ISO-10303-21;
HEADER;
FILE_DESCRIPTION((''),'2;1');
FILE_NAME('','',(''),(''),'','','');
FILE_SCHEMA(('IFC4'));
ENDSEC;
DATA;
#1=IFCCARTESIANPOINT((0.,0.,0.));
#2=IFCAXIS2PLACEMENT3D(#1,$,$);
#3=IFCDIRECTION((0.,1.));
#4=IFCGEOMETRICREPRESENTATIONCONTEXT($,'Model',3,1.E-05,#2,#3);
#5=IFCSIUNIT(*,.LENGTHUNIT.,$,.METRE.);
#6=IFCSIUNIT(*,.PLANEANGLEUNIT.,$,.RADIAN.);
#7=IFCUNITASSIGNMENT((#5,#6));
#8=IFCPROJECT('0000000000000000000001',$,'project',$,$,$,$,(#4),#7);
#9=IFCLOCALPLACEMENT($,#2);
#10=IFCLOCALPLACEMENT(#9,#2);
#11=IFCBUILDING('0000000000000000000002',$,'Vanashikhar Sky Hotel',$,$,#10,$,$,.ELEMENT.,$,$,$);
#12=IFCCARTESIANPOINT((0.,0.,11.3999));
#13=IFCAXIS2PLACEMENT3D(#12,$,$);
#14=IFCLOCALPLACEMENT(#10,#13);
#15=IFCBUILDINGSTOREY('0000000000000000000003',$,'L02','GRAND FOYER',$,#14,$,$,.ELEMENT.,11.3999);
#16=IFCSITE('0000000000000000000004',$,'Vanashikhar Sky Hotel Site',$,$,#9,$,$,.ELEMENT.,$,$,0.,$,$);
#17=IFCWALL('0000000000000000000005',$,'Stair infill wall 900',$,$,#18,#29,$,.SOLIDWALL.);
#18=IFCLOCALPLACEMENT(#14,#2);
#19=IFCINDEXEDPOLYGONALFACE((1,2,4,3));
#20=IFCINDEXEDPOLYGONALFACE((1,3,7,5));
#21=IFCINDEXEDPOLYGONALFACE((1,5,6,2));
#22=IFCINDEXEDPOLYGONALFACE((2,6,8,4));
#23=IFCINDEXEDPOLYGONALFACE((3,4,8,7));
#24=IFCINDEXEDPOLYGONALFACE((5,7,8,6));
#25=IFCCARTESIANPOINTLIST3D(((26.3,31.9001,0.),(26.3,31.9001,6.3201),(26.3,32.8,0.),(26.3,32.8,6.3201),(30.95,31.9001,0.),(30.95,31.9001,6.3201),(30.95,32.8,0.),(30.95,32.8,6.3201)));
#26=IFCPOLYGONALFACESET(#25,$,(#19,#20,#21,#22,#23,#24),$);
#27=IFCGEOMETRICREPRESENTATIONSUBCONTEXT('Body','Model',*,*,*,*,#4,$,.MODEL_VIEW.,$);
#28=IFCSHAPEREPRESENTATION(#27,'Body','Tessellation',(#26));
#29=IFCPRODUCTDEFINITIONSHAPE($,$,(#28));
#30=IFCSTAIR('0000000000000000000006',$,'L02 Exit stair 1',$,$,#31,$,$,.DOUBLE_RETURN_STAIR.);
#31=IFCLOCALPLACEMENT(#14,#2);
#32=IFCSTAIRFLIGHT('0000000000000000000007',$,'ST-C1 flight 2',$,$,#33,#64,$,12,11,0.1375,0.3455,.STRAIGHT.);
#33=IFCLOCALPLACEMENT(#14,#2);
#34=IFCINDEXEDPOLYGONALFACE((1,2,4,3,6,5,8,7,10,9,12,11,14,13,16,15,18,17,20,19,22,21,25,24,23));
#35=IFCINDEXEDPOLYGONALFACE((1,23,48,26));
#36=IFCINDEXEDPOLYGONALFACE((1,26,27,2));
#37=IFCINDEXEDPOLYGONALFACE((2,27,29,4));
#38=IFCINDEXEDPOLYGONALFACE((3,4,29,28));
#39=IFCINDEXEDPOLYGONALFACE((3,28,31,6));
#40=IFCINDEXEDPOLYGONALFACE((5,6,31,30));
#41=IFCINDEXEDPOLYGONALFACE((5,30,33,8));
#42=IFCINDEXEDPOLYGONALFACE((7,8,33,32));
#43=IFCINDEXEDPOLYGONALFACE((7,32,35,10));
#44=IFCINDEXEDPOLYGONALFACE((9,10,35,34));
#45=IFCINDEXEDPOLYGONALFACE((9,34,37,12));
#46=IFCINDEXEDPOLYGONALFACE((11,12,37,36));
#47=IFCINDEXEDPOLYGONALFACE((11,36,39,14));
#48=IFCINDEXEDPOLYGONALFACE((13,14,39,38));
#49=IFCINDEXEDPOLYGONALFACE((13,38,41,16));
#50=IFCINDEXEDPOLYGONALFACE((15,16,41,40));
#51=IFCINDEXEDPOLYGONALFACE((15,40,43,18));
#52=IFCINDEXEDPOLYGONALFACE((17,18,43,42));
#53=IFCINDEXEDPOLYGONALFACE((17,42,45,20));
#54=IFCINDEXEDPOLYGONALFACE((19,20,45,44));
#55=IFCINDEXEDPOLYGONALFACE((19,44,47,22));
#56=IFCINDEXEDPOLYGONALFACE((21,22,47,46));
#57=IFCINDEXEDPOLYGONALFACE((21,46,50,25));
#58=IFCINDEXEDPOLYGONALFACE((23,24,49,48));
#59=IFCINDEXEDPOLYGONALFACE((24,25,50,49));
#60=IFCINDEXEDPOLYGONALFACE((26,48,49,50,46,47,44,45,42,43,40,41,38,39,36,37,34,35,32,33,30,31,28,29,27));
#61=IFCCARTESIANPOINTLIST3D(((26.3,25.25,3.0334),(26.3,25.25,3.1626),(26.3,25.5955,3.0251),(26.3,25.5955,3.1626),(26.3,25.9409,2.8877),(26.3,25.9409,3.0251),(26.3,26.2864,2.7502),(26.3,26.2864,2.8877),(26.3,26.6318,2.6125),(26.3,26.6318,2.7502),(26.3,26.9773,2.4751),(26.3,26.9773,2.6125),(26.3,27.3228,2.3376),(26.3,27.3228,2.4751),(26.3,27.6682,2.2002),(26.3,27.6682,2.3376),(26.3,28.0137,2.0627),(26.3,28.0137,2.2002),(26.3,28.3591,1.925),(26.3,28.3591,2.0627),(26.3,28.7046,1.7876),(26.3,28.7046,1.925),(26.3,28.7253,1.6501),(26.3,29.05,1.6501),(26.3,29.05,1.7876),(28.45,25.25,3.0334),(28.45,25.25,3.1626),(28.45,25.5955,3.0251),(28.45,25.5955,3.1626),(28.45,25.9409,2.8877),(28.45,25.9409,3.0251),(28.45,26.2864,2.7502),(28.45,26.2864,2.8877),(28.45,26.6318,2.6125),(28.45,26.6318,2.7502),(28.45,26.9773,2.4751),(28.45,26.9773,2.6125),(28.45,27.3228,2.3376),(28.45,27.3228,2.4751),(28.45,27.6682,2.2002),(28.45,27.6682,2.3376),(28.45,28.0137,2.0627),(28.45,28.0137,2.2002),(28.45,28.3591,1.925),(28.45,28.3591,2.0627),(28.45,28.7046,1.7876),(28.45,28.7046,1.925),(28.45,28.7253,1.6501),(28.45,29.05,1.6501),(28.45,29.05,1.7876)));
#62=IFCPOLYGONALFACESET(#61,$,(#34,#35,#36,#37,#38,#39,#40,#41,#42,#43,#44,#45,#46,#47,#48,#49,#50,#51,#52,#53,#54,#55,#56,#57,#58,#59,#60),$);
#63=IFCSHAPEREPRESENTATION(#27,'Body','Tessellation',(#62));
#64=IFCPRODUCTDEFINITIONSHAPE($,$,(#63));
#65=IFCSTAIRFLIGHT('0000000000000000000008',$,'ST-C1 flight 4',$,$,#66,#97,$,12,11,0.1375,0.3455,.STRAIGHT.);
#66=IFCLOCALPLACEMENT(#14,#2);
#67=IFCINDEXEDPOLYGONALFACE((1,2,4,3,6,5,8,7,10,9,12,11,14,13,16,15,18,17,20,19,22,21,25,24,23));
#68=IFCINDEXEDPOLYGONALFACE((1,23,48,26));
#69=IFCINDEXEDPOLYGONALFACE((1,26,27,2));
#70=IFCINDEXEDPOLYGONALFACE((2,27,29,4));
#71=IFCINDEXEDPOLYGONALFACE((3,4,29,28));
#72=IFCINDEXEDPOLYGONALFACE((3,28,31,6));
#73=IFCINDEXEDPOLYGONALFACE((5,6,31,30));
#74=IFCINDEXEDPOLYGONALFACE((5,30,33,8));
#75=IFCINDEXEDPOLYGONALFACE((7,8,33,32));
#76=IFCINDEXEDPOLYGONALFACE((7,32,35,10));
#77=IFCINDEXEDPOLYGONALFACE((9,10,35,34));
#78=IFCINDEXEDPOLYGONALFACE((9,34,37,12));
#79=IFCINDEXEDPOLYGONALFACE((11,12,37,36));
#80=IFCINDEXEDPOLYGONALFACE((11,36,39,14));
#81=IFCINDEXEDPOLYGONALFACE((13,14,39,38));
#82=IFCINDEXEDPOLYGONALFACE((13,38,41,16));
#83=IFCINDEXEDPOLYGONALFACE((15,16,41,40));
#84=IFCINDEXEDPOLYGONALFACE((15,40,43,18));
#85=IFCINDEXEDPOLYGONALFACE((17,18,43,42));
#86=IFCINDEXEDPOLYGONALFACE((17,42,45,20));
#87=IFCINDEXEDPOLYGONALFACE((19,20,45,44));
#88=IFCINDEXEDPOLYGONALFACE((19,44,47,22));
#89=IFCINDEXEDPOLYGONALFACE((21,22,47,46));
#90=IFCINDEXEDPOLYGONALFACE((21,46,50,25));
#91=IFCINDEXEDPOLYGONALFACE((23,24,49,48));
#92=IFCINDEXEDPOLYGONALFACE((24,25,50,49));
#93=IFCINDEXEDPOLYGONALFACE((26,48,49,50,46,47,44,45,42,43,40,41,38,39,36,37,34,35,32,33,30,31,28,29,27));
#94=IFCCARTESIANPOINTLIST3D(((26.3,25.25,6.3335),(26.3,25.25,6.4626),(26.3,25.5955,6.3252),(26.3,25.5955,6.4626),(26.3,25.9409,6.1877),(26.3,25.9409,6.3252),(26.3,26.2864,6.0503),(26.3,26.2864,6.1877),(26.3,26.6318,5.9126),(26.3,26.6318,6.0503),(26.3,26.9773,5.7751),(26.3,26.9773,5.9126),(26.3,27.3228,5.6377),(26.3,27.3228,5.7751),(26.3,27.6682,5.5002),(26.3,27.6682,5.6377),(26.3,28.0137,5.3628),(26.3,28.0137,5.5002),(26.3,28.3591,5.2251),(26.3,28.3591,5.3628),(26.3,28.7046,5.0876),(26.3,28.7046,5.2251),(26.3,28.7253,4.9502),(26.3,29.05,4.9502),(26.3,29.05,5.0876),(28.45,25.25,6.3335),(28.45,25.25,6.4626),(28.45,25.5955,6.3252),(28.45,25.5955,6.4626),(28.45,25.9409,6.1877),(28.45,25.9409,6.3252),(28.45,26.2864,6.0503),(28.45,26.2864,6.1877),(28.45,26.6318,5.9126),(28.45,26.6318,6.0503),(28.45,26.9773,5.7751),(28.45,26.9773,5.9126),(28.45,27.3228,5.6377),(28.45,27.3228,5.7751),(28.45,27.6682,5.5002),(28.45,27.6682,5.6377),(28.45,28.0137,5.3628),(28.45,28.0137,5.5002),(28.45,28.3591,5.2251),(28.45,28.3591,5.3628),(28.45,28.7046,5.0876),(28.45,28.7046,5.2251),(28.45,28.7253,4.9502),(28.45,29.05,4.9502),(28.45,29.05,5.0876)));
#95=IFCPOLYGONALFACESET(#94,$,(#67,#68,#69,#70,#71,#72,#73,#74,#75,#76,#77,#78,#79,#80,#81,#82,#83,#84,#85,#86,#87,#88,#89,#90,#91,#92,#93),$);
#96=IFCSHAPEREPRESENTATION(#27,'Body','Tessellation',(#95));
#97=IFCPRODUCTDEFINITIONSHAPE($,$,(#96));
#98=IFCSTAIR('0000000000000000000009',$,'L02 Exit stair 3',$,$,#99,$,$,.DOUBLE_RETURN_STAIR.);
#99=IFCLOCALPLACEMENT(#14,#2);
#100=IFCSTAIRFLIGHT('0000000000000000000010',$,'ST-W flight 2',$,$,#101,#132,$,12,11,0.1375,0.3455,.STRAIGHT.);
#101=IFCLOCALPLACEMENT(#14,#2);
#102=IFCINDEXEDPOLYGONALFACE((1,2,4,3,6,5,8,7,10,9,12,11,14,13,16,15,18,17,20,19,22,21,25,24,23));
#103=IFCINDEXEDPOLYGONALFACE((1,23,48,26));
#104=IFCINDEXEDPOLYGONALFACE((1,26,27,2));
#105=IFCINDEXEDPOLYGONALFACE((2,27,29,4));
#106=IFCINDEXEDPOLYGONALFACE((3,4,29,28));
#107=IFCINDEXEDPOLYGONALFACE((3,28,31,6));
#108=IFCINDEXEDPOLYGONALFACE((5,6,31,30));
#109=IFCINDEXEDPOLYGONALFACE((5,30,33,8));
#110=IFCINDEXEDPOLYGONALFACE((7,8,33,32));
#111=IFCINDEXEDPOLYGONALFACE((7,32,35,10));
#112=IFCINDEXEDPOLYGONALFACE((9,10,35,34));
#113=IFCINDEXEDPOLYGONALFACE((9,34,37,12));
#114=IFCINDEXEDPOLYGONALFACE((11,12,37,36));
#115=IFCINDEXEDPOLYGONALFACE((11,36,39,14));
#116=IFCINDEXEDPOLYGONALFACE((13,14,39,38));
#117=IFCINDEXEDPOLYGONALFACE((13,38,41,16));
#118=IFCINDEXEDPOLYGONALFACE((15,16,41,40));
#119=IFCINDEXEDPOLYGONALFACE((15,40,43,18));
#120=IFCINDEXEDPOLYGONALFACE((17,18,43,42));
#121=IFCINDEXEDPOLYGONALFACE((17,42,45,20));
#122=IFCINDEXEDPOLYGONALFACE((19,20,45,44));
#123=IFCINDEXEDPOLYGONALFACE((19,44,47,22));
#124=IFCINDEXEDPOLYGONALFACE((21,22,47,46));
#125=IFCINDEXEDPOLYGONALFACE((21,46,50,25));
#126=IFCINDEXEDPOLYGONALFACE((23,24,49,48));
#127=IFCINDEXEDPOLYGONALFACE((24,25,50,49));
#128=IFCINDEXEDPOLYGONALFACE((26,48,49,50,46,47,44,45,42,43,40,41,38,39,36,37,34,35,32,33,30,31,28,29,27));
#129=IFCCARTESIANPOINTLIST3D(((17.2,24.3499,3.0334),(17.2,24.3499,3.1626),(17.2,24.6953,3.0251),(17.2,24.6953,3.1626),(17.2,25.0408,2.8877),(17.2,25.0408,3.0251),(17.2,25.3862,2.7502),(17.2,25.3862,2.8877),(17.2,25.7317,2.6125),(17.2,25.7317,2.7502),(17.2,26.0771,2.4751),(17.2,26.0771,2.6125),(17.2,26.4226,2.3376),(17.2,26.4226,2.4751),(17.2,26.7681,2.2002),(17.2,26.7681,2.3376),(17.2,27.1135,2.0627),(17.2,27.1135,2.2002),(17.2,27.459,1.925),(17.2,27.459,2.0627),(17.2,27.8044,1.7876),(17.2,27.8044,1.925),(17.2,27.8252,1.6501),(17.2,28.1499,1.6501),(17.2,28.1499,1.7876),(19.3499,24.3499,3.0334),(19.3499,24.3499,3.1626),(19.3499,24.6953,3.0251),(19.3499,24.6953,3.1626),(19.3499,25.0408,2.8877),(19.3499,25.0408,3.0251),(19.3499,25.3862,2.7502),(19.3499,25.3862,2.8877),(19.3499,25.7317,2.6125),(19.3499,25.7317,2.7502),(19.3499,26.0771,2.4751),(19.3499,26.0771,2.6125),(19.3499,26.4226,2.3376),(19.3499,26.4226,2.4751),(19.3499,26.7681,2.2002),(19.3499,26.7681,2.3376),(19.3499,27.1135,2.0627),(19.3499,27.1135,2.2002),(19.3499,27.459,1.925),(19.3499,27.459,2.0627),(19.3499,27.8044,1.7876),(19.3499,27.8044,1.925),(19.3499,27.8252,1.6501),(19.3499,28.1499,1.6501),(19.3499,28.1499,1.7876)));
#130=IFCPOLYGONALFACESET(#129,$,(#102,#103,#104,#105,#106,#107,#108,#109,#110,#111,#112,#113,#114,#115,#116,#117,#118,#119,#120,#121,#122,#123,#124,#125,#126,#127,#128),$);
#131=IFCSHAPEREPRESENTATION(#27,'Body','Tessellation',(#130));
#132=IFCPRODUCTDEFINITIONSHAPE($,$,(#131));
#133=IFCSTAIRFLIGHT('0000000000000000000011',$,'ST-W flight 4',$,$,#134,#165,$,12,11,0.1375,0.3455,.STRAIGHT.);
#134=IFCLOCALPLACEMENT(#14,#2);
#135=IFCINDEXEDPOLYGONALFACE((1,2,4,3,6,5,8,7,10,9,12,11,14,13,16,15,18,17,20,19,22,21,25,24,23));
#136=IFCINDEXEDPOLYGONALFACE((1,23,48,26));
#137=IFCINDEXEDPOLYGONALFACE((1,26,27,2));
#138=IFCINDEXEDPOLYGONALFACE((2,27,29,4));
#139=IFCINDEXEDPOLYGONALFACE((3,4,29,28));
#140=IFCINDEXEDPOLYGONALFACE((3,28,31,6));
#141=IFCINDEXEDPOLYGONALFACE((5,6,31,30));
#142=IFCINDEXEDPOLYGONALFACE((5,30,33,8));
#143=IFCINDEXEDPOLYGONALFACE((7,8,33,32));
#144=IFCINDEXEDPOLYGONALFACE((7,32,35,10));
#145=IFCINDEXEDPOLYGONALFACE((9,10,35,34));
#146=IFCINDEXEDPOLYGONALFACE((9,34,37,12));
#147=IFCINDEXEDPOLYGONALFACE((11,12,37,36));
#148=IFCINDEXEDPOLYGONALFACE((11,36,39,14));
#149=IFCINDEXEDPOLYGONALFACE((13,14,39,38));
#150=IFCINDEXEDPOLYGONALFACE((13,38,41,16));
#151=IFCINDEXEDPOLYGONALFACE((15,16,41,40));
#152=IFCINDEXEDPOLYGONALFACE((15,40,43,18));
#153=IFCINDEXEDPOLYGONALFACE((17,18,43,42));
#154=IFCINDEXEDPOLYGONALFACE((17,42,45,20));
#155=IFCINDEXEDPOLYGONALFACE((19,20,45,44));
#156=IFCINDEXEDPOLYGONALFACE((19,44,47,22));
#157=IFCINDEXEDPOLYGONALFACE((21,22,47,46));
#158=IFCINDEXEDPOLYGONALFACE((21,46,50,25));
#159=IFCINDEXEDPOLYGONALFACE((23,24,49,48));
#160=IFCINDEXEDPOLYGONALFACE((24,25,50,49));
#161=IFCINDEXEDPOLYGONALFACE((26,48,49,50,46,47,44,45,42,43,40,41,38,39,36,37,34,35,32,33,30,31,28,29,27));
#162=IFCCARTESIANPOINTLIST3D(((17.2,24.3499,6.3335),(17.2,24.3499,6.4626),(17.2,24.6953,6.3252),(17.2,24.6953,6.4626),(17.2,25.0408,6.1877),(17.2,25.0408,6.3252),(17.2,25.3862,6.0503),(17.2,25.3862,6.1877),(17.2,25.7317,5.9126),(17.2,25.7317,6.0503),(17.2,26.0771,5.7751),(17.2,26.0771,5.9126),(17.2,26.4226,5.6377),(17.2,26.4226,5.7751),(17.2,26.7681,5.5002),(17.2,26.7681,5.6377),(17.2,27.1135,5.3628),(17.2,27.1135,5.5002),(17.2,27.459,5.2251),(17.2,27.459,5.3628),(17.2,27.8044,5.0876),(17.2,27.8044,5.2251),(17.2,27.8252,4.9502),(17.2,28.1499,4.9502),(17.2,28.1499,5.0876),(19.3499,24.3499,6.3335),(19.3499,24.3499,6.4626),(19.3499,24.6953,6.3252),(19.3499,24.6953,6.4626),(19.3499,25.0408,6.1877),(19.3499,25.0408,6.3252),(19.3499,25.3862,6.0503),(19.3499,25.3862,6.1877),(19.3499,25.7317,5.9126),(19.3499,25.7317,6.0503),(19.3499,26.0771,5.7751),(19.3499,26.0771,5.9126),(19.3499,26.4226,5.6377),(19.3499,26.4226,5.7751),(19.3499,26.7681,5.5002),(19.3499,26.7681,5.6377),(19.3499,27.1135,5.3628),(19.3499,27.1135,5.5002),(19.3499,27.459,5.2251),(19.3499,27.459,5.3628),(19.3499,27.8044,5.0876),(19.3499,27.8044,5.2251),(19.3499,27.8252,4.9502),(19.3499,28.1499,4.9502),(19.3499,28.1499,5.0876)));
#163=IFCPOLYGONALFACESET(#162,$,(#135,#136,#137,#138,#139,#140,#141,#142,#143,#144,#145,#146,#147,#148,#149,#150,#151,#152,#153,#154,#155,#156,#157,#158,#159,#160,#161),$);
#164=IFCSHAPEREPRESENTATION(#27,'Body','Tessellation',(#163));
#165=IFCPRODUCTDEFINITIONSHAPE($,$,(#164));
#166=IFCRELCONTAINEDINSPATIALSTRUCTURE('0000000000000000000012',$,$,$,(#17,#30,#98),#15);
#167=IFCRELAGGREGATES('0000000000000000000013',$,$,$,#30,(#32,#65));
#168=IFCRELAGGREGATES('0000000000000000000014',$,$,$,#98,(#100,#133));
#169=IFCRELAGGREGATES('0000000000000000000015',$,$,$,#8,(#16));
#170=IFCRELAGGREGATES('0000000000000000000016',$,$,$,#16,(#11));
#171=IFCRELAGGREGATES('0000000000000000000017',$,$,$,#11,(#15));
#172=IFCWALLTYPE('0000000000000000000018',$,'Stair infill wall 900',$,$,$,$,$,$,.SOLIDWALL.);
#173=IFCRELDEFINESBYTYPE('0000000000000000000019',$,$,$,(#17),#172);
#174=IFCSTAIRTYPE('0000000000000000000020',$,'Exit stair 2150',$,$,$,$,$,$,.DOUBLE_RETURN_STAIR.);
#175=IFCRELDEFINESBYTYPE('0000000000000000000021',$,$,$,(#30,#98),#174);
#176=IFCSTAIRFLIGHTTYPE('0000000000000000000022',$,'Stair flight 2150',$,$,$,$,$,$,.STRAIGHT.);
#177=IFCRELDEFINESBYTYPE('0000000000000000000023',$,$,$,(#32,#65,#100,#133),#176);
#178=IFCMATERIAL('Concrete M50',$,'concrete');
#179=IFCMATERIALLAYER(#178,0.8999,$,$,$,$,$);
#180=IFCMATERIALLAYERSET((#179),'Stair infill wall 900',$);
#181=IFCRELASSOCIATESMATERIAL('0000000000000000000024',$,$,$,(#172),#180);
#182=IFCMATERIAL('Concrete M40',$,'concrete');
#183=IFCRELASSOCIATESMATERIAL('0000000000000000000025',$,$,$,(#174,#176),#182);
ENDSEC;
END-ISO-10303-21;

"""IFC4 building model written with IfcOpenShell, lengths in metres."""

from ifc_helpers import new_model, si_unit, direction, frame, frame_2d, origin, place, context, subcontext, project, spatial, polyline, rectangle, outline, extrude, source, transform, mapped, material, layer, layer_set, type_object, element, aggregate, save


model = new_model("IFC4")

# Units and contexts
model_context = context("Model", 3, precision=1e-05, world=origin(), true_north=direction((0.0, 1.0)))
body_context = subcontext(model_context, "Body", "Model", "MODEL_VIEW")
ifc_project = project(units=[si_unit("LENGTHUNIT", "METRE"), si_unit("PLANEANGLEUNIT", "RADIAN")], contexts=[model_context])

# Site, building, storey
site_placement = place(None, origin())
site = spatial("IfcSite", under=ifc_project, at=site_placement, Name="Vanashikhar Sky Hotel Site", CompositionType="ELEMENT", RefElevation=0.0)
building_placement = place(site_placement, origin())
building = spatial("IfcBuilding", under=site, at=building_placement, Name="Vanashikhar Sky Hotel", CompositionType="ELEMENT")
storey_placement = place(building_placement, frame((0.0, 0.0, 11.3999)))
storey = spatial("IfcBuildingStorey", under=building, at=storey_placement, Name="L02", Description="GRAND FOYER", CompositionType="ELEMENT", Elevation=11.3999)

# Wall
ifc_material_1 = material(Name="Concrete M50", Category="concrete")
ifc_layer_1 = layer(ifc_material_1, 0.8999)
ifc_layer_set_1 = layer_set([ifc_layer_1], Name="Stair infill wall 900")
wall_type_1 = type_object("IfcWallType", Name="Stair infill wall 900", PredefinedType="SOLIDWALL", material=ifc_layer_set_1)
shared_shape_1 = source(origin(), body_context, "Body", "SweptSolid", [
    extrude(rectangle(XDim=4.6499, YDim=0.8999, at=frame_2d((2.325, 0.0))), origin(), (0.0, 0.0, 1.0), 6.3201),
])
wall_1_placement = place(storey_placement, frame((26.3, 32.3501, 0.0), z_axis=(0.0, 0.0, 1.0), x_axis=(1.0, 0.0, 0.0)))
element("IfcWall", 1, at=wall_1_placement, inside=storey, type_object=wall_type_1, Name="Stair infill wall 900", PredefinedType="SOLIDWALL", context=body_context, shape_type="MappedRepresentation", body=[
    mapped(shared_shape_1, transform((0.0, 0.0, 0.0), scale=1.0)),
])

# Stairs, stair flights
ifc_material_2 = material(Name="Concrete M40", Category="concrete")
stair_type = type_object("IfcStairType", Name="Exit stair 2150", PredefinedType="DOUBLE_RETURN_STAIR", material=ifc_material_2)
stair_1_placement = place(storey_placement, origin())
stair_1 = element("IfcStair", 2, at=stair_1_placement, inside=storey, type_object=stair_type, Name="L02 Exit stair 1", PredefinedType="DOUBLE_RETURN_STAIR")
stair_flight_type = type_object("IfcStairFlightType", Name="Stair flight 2150", PredefinedType="STRAIGHT", material=ifc_material_2)
shared_shape_2 = source(origin(), body_context, "Body", "SweptSolid", [
    extrude(outline(polyline([(0.0, 0.0), (0.0, 0.1375), (0.3455, 0.1375), (0.3455, 0.2749), (0.6909, 0.2749), (0.6909, 0.4126), (1.0364, 0.4126), (1.0364, 0.55), (1.3818, 0.55), (1.3818, 0.6875), (1.7273, 0.6875), (1.7273, 0.825), (2.0728, 0.825), (2.0728, 0.9624), (2.4182, 0.9624), (2.4182, 1.1001), (2.7637, 1.1001), (2.7637, 1.2375), (3.1091, 1.2375), (3.1091, 1.375), (3.4546, 1.375), (3.4546, 1.5125), (3.8, 1.5125), (3.8, 1.6499), (3.8, 1.3833), (0.3247, 0.0), (0.0, 0.0)])), frame((0.0, 1.075, 0.0), z_axis=(0.0, -1.0, 0.0), x_axis=(1.0, 0.0, 0.0)), (0.0, 0.0, 1.0), 2.1499),
])
stair_flight_1_placement = place(storey_placement, frame((27.375, 29.05, 1.6501), z_axis=(0.0, 0.0, 1.0), x_axis=(0.0, -1.0, 0.0)))
stair_flight_1 = element("IfcStairFlight", 3, at=stair_flight_1_placement, type_object=stair_flight_type, Name="ST-C1 flight 2", NumberOfRisers=12, NumberOfTreads=11, PredefinedType="STRAIGHT", RiserHeight=0.1375, TreadLength=0.3455, context=body_context, shape_type="MappedRepresentation", body=[
    mapped(shared_shape_2, transform((0.0, 0.0, 0.0), scale=1.0)),
])
stair_flight_2_placement = place(storey_placement, frame((27.375, 29.05, 4.9502), z_axis=(0.0, 0.0, 1.0), x_axis=(0.0, -1.0, 0.0)))
stair_flight_2 = element("IfcStairFlight", 4, at=stair_flight_2_placement, type_object=stair_flight_type, Name="ST-C1 flight 4", NumberOfRisers=12, NumberOfTreads=11, PredefinedType="STRAIGHT", RiserHeight=0.1375, TreadLength=0.3455, context=body_context, shape_type="MappedRepresentation", body=[
    mapped(shared_shape_2, transform((0.0, 0.0, 0.0), scale=1.0)),
])
aggregate(stair_1, [stair_flight_1, stair_flight_2])
stair_2_placement = place(storey_placement, origin())
stair_2 = element("IfcStair", 5, at=stair_2_placement, inside=storey, type_object=stair_type, Name="L02 Exit stair 3", PredefinedType="DOUBLE_RETURN_STAIR")
stair_flight_3_placement = place(storey_placement, frame((18.2749, 28.1499, 1.6501), z_axis=(0.0, 0.0, 1.0), x_axis=(0.0, -1.0, 0.0)))
stair_flight_3 = element("IfcStairFlight", 6, at=stair_flight_3_placement, type_object=stair_flight_type, Name="ST-W flight 2", NumberOfRisers=12, NumberOfTreads=11, PredefinedType="STRAIGHT", RiserHeight=0.1375, TreadLength=0.3455, context=body_context, shape_type="MappedRepresentation", body=[
    mapped(shared_shape_2, transform((0.0, 0.0, 0.0), scale=1.0)),
])
stair_flight_4_placement = place(storey_placement, frame((18.2749, 28.1499, 4.9502), z_axis=(0.0, 0.0, 1.0), x_axis=(0.0, -1.0, 0.0)))
stair_flight_4 = element("IfcStairFlight", 7, at=stair_flight_4_placement, type_object=stair_flight_type, Name="ST-W flight 4", NumberOfRisers=12, NumberOfTreads=11, PredefinedType="STRAIGHT", RiserHeight=0.1375, TreadLength=0.3455, context=body_context, shape_type="MappedRepresentation", body=[
    mapped(shared_shape_2, transform((0.0, 0.0, 0.0), scale=1.0)),
])
aggregate(stair_2, [stair_flight_3, stair_flight_4])

save(model, "model.ifc")
